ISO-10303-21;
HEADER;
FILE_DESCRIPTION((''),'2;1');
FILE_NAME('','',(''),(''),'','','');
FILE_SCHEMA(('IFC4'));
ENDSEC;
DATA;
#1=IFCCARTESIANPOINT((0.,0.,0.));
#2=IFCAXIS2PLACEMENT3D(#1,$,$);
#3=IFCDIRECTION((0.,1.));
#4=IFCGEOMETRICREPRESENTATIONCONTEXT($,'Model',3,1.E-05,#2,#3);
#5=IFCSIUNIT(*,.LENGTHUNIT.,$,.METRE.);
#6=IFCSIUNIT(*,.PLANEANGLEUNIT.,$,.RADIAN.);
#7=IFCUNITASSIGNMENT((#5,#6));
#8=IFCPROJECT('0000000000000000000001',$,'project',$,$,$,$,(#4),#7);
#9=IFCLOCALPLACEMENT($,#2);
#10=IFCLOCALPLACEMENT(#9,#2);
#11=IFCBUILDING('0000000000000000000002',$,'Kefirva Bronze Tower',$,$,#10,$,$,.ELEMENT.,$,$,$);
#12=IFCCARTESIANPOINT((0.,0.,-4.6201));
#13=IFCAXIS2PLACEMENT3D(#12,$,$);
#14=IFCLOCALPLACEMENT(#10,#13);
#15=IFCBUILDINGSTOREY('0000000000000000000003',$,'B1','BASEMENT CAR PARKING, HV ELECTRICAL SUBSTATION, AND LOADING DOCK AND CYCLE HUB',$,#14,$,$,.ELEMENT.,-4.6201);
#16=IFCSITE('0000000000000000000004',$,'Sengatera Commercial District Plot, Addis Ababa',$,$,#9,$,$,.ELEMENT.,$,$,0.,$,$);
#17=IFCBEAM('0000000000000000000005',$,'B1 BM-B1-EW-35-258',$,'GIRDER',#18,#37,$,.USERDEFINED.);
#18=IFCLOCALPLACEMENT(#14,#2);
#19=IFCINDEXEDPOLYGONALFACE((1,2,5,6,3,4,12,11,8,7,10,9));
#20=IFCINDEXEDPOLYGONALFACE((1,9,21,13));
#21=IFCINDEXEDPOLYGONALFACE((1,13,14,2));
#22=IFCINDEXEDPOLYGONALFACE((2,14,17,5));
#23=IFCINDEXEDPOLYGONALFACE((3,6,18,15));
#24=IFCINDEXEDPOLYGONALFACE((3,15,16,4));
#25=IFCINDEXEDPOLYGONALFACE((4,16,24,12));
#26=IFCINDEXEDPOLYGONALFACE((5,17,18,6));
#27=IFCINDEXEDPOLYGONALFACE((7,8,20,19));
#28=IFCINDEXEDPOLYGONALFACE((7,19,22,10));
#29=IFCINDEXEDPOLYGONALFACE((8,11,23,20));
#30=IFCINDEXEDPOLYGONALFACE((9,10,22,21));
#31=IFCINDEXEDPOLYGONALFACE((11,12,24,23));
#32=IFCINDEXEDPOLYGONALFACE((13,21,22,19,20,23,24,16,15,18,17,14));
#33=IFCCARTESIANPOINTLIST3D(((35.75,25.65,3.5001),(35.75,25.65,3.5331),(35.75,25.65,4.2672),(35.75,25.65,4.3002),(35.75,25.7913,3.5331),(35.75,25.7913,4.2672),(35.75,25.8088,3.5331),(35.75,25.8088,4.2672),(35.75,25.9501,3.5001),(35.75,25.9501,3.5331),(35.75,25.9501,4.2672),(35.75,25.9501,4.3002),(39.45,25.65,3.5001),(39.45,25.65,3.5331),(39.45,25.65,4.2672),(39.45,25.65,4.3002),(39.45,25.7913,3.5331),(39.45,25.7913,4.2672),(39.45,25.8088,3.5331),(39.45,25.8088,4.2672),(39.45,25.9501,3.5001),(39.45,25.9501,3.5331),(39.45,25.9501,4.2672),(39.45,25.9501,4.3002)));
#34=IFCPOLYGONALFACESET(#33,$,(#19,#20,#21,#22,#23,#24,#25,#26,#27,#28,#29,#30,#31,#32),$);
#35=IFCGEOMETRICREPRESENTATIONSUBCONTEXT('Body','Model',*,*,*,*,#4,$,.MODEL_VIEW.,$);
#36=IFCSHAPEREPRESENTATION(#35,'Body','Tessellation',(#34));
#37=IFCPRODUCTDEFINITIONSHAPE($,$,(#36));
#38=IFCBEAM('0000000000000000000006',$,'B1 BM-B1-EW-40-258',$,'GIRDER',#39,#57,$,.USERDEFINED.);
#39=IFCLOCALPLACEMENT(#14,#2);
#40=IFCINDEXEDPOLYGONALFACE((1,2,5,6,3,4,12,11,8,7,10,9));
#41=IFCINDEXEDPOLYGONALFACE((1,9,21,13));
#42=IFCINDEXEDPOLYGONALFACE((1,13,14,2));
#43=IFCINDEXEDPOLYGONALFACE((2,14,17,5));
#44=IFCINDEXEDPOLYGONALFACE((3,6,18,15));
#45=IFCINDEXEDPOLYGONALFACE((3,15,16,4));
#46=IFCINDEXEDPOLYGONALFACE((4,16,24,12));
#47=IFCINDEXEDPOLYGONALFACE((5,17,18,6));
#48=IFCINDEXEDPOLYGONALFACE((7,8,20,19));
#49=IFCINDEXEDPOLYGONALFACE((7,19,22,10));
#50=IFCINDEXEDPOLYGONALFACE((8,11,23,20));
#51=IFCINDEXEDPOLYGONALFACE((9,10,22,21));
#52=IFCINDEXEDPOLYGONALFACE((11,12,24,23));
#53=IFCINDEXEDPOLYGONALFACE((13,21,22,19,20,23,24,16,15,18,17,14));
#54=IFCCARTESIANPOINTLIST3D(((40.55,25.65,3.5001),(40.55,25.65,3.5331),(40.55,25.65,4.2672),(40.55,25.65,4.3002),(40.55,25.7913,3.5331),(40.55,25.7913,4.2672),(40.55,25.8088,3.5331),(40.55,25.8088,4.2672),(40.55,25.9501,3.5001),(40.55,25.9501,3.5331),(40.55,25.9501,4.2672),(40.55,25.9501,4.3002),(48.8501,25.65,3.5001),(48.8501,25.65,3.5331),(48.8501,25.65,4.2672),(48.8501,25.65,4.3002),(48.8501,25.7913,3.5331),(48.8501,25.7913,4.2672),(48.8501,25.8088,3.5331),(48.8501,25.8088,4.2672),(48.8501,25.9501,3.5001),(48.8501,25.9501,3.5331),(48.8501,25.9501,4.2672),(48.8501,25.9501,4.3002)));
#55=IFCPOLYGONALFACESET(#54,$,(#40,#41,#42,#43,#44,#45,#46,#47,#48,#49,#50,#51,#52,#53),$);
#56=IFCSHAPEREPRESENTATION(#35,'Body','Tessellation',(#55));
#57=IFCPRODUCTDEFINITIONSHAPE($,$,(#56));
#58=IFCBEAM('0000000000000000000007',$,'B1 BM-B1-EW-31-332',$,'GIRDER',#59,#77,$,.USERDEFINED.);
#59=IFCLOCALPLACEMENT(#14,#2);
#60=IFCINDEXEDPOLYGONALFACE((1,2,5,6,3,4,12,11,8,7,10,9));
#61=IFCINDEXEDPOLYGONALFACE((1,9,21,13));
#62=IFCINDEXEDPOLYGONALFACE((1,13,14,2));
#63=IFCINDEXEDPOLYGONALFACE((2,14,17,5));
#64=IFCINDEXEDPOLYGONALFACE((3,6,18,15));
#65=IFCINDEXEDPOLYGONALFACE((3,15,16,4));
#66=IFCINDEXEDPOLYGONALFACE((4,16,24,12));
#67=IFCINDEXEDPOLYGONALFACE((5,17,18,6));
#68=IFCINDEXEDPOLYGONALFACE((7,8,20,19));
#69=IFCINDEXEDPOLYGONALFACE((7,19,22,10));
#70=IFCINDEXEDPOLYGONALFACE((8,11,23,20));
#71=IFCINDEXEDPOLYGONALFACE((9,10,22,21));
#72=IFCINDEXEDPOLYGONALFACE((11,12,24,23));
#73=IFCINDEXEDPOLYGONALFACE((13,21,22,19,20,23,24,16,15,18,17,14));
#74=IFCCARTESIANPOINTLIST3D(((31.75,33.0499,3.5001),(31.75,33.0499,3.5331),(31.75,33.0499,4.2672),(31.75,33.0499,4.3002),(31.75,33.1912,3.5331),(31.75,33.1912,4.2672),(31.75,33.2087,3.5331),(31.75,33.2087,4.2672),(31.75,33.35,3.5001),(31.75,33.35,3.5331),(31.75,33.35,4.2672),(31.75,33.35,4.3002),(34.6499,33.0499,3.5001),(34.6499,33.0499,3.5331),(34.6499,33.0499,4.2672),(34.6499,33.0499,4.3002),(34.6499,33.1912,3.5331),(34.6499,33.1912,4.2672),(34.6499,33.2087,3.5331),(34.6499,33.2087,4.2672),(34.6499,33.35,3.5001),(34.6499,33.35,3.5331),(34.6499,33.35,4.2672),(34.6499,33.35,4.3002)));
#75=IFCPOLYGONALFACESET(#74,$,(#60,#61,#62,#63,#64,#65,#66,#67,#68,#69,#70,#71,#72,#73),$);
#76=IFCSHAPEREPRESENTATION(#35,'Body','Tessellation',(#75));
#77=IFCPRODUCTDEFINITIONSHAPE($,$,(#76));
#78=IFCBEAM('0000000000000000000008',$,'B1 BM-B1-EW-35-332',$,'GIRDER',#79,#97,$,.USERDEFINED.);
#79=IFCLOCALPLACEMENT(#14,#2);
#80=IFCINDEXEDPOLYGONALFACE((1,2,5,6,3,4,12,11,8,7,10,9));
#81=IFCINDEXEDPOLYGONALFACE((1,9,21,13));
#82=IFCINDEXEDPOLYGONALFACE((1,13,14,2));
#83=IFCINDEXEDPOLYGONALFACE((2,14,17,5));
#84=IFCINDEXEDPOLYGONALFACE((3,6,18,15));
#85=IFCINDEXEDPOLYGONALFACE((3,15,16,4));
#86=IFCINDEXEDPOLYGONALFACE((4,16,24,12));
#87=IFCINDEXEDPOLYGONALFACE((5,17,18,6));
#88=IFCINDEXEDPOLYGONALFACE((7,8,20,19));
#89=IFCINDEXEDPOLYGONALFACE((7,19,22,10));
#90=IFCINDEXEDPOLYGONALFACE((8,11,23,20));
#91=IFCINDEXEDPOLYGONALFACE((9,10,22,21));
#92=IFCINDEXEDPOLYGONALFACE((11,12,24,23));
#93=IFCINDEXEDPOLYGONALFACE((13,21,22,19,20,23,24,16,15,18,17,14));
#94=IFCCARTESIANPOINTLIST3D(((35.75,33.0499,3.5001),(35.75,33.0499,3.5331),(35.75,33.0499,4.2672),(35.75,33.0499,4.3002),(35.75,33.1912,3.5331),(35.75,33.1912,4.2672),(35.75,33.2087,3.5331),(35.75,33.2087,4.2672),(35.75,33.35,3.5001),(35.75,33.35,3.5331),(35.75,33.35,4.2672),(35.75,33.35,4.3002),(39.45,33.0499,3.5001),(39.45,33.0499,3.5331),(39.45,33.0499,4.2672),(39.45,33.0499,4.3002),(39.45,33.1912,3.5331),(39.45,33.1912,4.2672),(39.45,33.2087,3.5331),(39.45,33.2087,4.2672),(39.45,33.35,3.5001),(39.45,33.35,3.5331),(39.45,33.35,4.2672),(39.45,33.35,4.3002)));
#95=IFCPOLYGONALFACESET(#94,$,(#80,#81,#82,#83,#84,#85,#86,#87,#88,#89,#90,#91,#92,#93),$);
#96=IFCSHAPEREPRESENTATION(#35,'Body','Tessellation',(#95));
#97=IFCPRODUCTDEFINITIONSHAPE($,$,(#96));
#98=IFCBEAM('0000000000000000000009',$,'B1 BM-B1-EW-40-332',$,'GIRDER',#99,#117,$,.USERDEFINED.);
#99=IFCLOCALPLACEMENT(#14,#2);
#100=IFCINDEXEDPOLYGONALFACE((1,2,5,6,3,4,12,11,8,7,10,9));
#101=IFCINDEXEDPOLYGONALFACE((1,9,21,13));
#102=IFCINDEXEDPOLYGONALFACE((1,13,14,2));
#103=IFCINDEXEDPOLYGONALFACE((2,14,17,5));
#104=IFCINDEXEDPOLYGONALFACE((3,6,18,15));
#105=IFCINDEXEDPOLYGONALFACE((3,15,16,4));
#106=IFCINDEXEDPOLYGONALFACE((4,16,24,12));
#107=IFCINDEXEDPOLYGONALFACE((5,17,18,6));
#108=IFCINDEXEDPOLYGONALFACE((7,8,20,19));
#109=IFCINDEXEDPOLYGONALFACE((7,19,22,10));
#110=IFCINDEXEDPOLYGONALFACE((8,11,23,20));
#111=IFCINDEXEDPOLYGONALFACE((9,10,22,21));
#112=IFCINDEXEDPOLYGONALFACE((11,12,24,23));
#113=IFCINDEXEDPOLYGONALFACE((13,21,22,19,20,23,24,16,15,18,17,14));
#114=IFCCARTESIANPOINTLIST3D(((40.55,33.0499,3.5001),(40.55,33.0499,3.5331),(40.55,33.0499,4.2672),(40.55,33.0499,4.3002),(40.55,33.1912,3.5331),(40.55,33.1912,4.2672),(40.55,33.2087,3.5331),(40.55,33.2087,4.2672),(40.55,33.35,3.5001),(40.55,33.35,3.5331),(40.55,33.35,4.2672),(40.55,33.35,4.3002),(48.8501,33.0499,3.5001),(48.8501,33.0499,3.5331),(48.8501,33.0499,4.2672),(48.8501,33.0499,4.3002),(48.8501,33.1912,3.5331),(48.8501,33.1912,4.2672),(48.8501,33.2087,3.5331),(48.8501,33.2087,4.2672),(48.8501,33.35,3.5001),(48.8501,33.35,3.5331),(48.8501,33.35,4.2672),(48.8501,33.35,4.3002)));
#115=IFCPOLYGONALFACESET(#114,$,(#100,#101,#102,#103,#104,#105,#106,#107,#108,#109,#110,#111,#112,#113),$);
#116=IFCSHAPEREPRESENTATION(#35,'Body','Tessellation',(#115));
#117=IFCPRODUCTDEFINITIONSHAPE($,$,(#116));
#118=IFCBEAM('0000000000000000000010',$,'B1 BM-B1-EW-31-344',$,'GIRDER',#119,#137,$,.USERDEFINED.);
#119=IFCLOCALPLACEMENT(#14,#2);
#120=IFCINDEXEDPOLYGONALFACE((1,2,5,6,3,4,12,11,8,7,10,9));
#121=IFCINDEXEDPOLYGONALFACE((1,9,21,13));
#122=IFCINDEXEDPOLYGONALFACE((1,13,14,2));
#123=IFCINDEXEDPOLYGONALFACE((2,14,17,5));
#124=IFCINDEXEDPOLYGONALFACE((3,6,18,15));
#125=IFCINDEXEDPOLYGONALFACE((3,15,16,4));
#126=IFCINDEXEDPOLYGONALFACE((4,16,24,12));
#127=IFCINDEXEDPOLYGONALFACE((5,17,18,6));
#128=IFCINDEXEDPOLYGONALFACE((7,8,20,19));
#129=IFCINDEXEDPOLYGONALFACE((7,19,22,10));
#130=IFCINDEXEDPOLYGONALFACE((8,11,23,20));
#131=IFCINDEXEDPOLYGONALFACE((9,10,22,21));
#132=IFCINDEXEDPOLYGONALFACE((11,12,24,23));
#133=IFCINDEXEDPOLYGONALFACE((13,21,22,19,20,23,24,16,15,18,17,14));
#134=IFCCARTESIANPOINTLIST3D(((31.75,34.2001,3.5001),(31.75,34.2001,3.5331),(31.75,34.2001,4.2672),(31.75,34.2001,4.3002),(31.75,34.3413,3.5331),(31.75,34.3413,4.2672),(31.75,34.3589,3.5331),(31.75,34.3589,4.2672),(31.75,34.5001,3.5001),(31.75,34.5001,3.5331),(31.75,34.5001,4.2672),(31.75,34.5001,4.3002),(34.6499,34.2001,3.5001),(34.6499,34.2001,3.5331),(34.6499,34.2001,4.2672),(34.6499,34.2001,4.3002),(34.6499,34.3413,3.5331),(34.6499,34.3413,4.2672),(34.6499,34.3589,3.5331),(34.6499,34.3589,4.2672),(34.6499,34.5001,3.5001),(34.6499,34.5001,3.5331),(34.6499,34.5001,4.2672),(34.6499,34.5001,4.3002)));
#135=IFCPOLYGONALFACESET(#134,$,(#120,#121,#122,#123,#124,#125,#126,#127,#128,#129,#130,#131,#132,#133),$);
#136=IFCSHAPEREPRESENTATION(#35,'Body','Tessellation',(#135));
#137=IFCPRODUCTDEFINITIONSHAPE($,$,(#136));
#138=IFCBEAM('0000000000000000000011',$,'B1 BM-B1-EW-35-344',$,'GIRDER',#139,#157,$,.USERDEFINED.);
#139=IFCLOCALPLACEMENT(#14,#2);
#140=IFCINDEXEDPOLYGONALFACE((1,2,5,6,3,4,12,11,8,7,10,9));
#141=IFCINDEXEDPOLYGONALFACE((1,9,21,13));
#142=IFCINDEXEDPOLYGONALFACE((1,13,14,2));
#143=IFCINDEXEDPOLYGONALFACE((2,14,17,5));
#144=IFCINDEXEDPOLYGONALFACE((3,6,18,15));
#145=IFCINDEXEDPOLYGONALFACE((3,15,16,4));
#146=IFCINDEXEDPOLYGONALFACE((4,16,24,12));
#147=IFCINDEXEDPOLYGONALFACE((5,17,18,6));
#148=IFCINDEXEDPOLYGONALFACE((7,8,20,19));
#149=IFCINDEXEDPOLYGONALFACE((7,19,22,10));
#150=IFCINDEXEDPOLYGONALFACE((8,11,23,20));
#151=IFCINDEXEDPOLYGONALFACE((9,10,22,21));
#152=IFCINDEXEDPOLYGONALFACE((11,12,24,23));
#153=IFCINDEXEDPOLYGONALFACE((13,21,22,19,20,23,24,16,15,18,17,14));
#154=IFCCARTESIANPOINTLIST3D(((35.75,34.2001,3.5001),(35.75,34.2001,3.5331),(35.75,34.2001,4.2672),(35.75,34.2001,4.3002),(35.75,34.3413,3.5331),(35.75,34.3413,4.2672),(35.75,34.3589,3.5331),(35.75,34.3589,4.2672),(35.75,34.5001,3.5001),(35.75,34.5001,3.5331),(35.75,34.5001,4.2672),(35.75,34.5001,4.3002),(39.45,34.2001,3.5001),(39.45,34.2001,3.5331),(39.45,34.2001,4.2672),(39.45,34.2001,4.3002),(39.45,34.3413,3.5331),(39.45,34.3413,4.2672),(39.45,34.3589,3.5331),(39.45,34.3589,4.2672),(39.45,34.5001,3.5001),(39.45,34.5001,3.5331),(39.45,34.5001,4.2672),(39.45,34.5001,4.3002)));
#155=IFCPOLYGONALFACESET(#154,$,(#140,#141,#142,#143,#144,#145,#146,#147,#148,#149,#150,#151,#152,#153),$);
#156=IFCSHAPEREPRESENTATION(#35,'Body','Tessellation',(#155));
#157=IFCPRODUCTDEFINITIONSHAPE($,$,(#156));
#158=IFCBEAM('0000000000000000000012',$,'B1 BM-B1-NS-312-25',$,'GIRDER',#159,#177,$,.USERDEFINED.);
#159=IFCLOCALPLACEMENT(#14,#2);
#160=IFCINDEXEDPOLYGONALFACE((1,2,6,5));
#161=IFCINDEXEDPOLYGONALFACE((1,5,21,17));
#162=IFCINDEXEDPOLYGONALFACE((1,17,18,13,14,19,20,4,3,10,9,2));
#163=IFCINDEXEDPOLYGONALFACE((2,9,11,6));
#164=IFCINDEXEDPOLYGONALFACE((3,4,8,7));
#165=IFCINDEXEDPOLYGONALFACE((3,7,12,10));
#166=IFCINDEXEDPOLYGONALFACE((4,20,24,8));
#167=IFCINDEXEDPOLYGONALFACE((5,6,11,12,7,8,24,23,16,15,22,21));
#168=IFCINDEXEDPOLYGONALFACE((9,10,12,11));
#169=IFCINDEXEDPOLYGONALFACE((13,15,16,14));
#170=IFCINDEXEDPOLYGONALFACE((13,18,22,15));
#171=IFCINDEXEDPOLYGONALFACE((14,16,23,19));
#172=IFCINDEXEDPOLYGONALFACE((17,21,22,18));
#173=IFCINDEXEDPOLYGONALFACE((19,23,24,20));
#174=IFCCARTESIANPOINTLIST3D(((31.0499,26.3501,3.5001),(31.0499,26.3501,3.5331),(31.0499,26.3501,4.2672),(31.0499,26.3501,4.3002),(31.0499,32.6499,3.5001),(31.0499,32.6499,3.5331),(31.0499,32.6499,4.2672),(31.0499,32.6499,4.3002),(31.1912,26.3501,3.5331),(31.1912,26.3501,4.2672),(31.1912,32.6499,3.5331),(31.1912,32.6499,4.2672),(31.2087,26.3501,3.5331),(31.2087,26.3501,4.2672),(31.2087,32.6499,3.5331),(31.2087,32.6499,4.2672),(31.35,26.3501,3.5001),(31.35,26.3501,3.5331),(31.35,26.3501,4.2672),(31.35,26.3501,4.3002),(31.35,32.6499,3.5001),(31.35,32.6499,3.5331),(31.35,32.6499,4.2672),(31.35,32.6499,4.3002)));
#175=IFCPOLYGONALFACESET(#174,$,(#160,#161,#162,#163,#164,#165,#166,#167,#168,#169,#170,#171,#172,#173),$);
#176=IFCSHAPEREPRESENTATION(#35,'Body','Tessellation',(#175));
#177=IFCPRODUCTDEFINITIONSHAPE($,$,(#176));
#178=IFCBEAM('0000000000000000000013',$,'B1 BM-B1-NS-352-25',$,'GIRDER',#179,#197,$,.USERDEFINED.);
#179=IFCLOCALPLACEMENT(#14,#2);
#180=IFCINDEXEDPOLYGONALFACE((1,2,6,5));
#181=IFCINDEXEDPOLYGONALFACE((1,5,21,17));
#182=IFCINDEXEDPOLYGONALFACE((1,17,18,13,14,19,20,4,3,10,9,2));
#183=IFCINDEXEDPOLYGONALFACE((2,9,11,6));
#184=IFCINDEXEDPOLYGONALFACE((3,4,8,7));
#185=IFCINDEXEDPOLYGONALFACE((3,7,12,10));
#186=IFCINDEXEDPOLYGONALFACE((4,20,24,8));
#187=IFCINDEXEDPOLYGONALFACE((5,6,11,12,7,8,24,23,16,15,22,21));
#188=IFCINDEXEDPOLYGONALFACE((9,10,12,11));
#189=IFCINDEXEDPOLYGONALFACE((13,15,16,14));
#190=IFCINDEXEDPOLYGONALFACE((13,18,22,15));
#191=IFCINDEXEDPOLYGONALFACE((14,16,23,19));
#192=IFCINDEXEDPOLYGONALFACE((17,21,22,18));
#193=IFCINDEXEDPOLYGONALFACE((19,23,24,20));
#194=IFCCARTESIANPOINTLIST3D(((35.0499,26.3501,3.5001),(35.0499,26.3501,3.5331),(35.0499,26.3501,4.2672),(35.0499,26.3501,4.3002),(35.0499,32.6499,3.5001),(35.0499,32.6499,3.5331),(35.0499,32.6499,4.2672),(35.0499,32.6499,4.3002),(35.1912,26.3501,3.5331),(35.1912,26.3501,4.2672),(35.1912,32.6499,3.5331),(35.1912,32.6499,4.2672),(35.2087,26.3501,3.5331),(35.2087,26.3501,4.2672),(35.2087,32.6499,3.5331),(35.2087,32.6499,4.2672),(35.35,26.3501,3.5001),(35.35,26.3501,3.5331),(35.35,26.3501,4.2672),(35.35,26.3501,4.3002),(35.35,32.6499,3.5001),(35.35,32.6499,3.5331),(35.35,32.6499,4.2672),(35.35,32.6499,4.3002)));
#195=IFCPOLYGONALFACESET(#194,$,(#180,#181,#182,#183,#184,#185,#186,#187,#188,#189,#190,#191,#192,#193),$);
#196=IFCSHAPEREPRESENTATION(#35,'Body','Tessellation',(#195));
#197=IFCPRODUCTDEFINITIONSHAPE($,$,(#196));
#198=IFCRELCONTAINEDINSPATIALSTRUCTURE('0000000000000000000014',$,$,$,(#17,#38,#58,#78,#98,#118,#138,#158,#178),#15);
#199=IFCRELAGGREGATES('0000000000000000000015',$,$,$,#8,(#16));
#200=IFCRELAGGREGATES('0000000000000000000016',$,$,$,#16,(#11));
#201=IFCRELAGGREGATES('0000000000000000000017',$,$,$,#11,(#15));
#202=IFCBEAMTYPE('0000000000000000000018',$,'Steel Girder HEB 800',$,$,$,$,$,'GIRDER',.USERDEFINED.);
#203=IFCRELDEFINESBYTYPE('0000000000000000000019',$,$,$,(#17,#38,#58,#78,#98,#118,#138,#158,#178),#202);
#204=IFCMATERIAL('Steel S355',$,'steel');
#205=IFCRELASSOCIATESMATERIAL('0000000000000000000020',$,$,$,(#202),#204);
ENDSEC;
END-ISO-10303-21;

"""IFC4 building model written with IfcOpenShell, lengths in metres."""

from ifc_helpers import new_model, si_unit, direction, frame, origin, origin_2d, place, context, subcontext, project, spatial, i_section, extrude, material, material_profile, profile_set, type_object, element, save


model = new_model("IFC4")

# Units and contexts
model_context = context("Model", 3, precision=1e-05, world=origin(), true_north=direction((0.0, 1.0)))
body_context = subcontext(model_context, "Body", "Model", "MODEL_VIEW")
ifc_project = project(units=[si_unit("LENGTHUNIT", "METRE"), si_unit("PLANEANGLEUNIT", "RADIAN")], contexts=[model_context])

# Site, building, storey
site_placement = place(None, origin())
site = spatial("IfcSite", under=ifc_project, at=site_placement, Name="Sengatera Commercial District Plot, Addis Ababa", CompositionType="ELEMENT", RefElevation=0.0)
building_placement = place(site_placement, origin())
building = spatial("IfcBuilding", under=site, at=building_placement, Name="Kefirva Bronze Tower", CompositionType="ELEMENT")
storey_placement = place(building_placement, frame((0.0, 0.0, -4.6201)))
storey = spatial("IfcBuildingStorey", under=building, at=storey_placement, Name="B1", Description="BASEMENT CAR PARKING, HV ELECTRICAL SUBSTATION, AND LOADING DOCK AND CYCLE HUB", CompositionType="ELEMENT", Elevation=-4.6201)

# Beams
ifc_material_1 = material(Name="Steel S355", Category="steel")
ifc_material_profile_1 = material_profile(ifc_material_1, i_section(OverallWidth=0.3, OverallDepth=0.8, WebThickness=0.0176, FlangeThickness=0.033, at=origin_2d()), Name="HEB 800")
ifc_profile_set_1 = profile_set([ifc_material_profile_1], Name="Steel S355")
beam_type_1 = type_object("IfcBeamType", Name="Steel Girder HEB 800", ElementType="GIRDER", PredefinedType="USERDEFINED", material=ifc_profile_set_1)
beam_1_placement = place(storey_placement, frame((35.75, 25.8, 3.9001), z_axis=(1.0, 0.0, 0.0), x_axis=(0.0, 1.0, 0.0)))
element("IfcBeam", 1, at=beam_1_placement, inside=storey, type_object=beam_type_1, Name="B1 BM-B1-EW-35-258", ObjectType="GIRDER", PredefinedType="USERDEFINED", context=body_context, shape_type="SweptSolid", body=[
    extrude(i_section(OverallWidth=0.3, OverallDepth=0.8, WebThickness=0.0176, FlangeThickness=0.033, at=origin_2d()), origin(), (0.0, 0.0, 1.0), 3.7),
])
beam_2_placement = place(storey_placement, frame((40.55, 25.8, 3.9001), z_axis=(1.0, 0.0, 0.0), x_axis=(0.0, 1.0, 0.0)))
element("IfcBeam", 2, at=beam_2_placement, inside=storey, type_object=beam_type_1, Name="B1 BM-B1-EW-40-258", ObjectType="GIRDER", PredefinedType="USERDEFINED", context=body_context, shape_type="SweptSolid", body=[
    extrude(i_section(OverallWidth=0.3, OverallDepth=0.8, WebThickness=0.0176, FlangeThickness=0.033, at=origin_2d()), origin(), (0.0, 0.0, 1.0), 8.3),
])
beam_3_placement = place(storey_placement, frame((31.75, 33.2, 3.9001), z_axis=(1.0, 0.0, 0.0), x_axis=(0.0, 1.0, 0.0)))
element("IfcBeam", 3, at=beam_3_placement, inside=storey, type_object=beam_type_1, Name="B1 BM-B1-EW-31-332", ObjectType="GIRDER", PredefinedType="USERDEFINED", context=body_context, shape_type="SweptSolid", body=[
    extrude(i_section(OverallWidth=0.3, OverallDepth=0.8, WebThickness=0.0176, FlangeThickness=0.033, at=origin_2d()), origin(), (0.0, 0.0, 1.0), 2.8999),
])
beam_4_placement = place(storey_placement, frame((35.75, 33.2, 3.9001), z_axis=(1.0, 0.0, 0.0), x_axis=(0.0, 1.0, 0.0)))
element("IfcBeam", 4, at=beam_4_placement, inside=storey, type_object=beam_type_1, Name="B1 BM-B1-EW-35-332", ObjectType="GIRDER", PredefinedType="USERDEFINED", context=body_context, shape_type="SweptSolid", body=[
    extrude(i_section(OverallWidth=0.3, OverallDepth=0.8, WebThickness=0.0176, FlangeThickness=0.033, at=origin_2d()), origin(), (0.0, 0.0, 1.0), 3.7),
])
beam_5_placement = place(storey_placement, frame((40.55, 33.2, 3.9001), z_axis=(1.0, 0.0, 0.0), x_axis=(0.0, 1.0, 0.0)))
element("IfcBeam", 5, at=beam_5_placement, inside=storey, type_object=beam_type_1, Name="B1 BM-B1-EW-40-332", ObjectType="GIRDER", PredefinedType="USERDEFINED", context=body_context, shape_type="SweptSolid", body=[
    extrude(i_section(OverallWidth=0.3, OverallDepth=0.8, WebThickness=0.0176, FlangeThickness=0.033, at=origin_2d()), origin(), (0.0, 0.0, 1.0), 8.3),
])
beam_6_placement = place(storey_placement, frame((31.75, 34.3501, 3.9001), z_axis=(1.0, 0.0, 0.0), x_axis=(0.0, 1.0, 0.0)))
element("IfcBeam", 6, at=beam_6_placement, inside=storey, type_object=beam_type_1, Name="B1 BM-B1-EW-31-344", ObjectType="GIRDER", PredefinedType="USERDEFINED", context=body_context, shape_type="SweptSolid", body=[
    extrude(i_section(OverallWidth=0.3, OverallDepth=0.8, WebThickness=0.0176, FlangeThickness=0.033, at=origin_2d()), origin(), (0.0, 0.0, 1.0), 2.8999),
])
beam_7_placement = place(storey_placement, frame((35.75, 34.3501, 3.9001), z_axis=(1.0, 0.0, 0.0), x_axis=(0.0, 1.0, 0.0)))
element("IfcBeam", 7, at=beam_7_placement, inside=storey, type_object=beam_type_1, Name="B1 BM-B1-EW-35-344", ObjectType="GIRDER", PredefinedType="USERDEFINED", context=body_context, shape_type="SweptSolid", body=[
    extrude(i_section(OverallWidth=0.3, OverallDepth=0.8, WebThickness=0.0176, FlangeThickness=0.033, at=origin_2d()), origin(), (0.0, 0.0, 1.0), 3.7),
])
for number, where, z_axis, x_axis, name in (
    (8, (31.2, 26.3501, 3.9001), (0.0, 1.0, 0.0), (-1.0, 0.0, 0.0), "B1 BM-B1-NS-312-25"),
    (9, (35.2, 26.3501, 3.9001), (0.0, 1.0, 0.0), (-1.0, 0.0, 0.0), "B1 BM-B1-NS-352-25"),
):
    element("IfcBeam", number, at=place(storey_placement, frame(where, z_axis=z_axis, x_axis=x_axis)), inside=storey, type_object=beam_type_1, Name=name, ObjectType="GIRDER", PredefinedType="USERDEFINED", context=body_context, shape_type="SweptSolid", body=[
        extrude(i_section(OverallWidth=0.3, OverallDepth=0.8, WebThickness=0.0176, FlangeThickness=0.033, at=origin_2d()), origin(), (0.0, 0.0, 1.0), 6.2998),
    ])

save(model, "model.ifc")
